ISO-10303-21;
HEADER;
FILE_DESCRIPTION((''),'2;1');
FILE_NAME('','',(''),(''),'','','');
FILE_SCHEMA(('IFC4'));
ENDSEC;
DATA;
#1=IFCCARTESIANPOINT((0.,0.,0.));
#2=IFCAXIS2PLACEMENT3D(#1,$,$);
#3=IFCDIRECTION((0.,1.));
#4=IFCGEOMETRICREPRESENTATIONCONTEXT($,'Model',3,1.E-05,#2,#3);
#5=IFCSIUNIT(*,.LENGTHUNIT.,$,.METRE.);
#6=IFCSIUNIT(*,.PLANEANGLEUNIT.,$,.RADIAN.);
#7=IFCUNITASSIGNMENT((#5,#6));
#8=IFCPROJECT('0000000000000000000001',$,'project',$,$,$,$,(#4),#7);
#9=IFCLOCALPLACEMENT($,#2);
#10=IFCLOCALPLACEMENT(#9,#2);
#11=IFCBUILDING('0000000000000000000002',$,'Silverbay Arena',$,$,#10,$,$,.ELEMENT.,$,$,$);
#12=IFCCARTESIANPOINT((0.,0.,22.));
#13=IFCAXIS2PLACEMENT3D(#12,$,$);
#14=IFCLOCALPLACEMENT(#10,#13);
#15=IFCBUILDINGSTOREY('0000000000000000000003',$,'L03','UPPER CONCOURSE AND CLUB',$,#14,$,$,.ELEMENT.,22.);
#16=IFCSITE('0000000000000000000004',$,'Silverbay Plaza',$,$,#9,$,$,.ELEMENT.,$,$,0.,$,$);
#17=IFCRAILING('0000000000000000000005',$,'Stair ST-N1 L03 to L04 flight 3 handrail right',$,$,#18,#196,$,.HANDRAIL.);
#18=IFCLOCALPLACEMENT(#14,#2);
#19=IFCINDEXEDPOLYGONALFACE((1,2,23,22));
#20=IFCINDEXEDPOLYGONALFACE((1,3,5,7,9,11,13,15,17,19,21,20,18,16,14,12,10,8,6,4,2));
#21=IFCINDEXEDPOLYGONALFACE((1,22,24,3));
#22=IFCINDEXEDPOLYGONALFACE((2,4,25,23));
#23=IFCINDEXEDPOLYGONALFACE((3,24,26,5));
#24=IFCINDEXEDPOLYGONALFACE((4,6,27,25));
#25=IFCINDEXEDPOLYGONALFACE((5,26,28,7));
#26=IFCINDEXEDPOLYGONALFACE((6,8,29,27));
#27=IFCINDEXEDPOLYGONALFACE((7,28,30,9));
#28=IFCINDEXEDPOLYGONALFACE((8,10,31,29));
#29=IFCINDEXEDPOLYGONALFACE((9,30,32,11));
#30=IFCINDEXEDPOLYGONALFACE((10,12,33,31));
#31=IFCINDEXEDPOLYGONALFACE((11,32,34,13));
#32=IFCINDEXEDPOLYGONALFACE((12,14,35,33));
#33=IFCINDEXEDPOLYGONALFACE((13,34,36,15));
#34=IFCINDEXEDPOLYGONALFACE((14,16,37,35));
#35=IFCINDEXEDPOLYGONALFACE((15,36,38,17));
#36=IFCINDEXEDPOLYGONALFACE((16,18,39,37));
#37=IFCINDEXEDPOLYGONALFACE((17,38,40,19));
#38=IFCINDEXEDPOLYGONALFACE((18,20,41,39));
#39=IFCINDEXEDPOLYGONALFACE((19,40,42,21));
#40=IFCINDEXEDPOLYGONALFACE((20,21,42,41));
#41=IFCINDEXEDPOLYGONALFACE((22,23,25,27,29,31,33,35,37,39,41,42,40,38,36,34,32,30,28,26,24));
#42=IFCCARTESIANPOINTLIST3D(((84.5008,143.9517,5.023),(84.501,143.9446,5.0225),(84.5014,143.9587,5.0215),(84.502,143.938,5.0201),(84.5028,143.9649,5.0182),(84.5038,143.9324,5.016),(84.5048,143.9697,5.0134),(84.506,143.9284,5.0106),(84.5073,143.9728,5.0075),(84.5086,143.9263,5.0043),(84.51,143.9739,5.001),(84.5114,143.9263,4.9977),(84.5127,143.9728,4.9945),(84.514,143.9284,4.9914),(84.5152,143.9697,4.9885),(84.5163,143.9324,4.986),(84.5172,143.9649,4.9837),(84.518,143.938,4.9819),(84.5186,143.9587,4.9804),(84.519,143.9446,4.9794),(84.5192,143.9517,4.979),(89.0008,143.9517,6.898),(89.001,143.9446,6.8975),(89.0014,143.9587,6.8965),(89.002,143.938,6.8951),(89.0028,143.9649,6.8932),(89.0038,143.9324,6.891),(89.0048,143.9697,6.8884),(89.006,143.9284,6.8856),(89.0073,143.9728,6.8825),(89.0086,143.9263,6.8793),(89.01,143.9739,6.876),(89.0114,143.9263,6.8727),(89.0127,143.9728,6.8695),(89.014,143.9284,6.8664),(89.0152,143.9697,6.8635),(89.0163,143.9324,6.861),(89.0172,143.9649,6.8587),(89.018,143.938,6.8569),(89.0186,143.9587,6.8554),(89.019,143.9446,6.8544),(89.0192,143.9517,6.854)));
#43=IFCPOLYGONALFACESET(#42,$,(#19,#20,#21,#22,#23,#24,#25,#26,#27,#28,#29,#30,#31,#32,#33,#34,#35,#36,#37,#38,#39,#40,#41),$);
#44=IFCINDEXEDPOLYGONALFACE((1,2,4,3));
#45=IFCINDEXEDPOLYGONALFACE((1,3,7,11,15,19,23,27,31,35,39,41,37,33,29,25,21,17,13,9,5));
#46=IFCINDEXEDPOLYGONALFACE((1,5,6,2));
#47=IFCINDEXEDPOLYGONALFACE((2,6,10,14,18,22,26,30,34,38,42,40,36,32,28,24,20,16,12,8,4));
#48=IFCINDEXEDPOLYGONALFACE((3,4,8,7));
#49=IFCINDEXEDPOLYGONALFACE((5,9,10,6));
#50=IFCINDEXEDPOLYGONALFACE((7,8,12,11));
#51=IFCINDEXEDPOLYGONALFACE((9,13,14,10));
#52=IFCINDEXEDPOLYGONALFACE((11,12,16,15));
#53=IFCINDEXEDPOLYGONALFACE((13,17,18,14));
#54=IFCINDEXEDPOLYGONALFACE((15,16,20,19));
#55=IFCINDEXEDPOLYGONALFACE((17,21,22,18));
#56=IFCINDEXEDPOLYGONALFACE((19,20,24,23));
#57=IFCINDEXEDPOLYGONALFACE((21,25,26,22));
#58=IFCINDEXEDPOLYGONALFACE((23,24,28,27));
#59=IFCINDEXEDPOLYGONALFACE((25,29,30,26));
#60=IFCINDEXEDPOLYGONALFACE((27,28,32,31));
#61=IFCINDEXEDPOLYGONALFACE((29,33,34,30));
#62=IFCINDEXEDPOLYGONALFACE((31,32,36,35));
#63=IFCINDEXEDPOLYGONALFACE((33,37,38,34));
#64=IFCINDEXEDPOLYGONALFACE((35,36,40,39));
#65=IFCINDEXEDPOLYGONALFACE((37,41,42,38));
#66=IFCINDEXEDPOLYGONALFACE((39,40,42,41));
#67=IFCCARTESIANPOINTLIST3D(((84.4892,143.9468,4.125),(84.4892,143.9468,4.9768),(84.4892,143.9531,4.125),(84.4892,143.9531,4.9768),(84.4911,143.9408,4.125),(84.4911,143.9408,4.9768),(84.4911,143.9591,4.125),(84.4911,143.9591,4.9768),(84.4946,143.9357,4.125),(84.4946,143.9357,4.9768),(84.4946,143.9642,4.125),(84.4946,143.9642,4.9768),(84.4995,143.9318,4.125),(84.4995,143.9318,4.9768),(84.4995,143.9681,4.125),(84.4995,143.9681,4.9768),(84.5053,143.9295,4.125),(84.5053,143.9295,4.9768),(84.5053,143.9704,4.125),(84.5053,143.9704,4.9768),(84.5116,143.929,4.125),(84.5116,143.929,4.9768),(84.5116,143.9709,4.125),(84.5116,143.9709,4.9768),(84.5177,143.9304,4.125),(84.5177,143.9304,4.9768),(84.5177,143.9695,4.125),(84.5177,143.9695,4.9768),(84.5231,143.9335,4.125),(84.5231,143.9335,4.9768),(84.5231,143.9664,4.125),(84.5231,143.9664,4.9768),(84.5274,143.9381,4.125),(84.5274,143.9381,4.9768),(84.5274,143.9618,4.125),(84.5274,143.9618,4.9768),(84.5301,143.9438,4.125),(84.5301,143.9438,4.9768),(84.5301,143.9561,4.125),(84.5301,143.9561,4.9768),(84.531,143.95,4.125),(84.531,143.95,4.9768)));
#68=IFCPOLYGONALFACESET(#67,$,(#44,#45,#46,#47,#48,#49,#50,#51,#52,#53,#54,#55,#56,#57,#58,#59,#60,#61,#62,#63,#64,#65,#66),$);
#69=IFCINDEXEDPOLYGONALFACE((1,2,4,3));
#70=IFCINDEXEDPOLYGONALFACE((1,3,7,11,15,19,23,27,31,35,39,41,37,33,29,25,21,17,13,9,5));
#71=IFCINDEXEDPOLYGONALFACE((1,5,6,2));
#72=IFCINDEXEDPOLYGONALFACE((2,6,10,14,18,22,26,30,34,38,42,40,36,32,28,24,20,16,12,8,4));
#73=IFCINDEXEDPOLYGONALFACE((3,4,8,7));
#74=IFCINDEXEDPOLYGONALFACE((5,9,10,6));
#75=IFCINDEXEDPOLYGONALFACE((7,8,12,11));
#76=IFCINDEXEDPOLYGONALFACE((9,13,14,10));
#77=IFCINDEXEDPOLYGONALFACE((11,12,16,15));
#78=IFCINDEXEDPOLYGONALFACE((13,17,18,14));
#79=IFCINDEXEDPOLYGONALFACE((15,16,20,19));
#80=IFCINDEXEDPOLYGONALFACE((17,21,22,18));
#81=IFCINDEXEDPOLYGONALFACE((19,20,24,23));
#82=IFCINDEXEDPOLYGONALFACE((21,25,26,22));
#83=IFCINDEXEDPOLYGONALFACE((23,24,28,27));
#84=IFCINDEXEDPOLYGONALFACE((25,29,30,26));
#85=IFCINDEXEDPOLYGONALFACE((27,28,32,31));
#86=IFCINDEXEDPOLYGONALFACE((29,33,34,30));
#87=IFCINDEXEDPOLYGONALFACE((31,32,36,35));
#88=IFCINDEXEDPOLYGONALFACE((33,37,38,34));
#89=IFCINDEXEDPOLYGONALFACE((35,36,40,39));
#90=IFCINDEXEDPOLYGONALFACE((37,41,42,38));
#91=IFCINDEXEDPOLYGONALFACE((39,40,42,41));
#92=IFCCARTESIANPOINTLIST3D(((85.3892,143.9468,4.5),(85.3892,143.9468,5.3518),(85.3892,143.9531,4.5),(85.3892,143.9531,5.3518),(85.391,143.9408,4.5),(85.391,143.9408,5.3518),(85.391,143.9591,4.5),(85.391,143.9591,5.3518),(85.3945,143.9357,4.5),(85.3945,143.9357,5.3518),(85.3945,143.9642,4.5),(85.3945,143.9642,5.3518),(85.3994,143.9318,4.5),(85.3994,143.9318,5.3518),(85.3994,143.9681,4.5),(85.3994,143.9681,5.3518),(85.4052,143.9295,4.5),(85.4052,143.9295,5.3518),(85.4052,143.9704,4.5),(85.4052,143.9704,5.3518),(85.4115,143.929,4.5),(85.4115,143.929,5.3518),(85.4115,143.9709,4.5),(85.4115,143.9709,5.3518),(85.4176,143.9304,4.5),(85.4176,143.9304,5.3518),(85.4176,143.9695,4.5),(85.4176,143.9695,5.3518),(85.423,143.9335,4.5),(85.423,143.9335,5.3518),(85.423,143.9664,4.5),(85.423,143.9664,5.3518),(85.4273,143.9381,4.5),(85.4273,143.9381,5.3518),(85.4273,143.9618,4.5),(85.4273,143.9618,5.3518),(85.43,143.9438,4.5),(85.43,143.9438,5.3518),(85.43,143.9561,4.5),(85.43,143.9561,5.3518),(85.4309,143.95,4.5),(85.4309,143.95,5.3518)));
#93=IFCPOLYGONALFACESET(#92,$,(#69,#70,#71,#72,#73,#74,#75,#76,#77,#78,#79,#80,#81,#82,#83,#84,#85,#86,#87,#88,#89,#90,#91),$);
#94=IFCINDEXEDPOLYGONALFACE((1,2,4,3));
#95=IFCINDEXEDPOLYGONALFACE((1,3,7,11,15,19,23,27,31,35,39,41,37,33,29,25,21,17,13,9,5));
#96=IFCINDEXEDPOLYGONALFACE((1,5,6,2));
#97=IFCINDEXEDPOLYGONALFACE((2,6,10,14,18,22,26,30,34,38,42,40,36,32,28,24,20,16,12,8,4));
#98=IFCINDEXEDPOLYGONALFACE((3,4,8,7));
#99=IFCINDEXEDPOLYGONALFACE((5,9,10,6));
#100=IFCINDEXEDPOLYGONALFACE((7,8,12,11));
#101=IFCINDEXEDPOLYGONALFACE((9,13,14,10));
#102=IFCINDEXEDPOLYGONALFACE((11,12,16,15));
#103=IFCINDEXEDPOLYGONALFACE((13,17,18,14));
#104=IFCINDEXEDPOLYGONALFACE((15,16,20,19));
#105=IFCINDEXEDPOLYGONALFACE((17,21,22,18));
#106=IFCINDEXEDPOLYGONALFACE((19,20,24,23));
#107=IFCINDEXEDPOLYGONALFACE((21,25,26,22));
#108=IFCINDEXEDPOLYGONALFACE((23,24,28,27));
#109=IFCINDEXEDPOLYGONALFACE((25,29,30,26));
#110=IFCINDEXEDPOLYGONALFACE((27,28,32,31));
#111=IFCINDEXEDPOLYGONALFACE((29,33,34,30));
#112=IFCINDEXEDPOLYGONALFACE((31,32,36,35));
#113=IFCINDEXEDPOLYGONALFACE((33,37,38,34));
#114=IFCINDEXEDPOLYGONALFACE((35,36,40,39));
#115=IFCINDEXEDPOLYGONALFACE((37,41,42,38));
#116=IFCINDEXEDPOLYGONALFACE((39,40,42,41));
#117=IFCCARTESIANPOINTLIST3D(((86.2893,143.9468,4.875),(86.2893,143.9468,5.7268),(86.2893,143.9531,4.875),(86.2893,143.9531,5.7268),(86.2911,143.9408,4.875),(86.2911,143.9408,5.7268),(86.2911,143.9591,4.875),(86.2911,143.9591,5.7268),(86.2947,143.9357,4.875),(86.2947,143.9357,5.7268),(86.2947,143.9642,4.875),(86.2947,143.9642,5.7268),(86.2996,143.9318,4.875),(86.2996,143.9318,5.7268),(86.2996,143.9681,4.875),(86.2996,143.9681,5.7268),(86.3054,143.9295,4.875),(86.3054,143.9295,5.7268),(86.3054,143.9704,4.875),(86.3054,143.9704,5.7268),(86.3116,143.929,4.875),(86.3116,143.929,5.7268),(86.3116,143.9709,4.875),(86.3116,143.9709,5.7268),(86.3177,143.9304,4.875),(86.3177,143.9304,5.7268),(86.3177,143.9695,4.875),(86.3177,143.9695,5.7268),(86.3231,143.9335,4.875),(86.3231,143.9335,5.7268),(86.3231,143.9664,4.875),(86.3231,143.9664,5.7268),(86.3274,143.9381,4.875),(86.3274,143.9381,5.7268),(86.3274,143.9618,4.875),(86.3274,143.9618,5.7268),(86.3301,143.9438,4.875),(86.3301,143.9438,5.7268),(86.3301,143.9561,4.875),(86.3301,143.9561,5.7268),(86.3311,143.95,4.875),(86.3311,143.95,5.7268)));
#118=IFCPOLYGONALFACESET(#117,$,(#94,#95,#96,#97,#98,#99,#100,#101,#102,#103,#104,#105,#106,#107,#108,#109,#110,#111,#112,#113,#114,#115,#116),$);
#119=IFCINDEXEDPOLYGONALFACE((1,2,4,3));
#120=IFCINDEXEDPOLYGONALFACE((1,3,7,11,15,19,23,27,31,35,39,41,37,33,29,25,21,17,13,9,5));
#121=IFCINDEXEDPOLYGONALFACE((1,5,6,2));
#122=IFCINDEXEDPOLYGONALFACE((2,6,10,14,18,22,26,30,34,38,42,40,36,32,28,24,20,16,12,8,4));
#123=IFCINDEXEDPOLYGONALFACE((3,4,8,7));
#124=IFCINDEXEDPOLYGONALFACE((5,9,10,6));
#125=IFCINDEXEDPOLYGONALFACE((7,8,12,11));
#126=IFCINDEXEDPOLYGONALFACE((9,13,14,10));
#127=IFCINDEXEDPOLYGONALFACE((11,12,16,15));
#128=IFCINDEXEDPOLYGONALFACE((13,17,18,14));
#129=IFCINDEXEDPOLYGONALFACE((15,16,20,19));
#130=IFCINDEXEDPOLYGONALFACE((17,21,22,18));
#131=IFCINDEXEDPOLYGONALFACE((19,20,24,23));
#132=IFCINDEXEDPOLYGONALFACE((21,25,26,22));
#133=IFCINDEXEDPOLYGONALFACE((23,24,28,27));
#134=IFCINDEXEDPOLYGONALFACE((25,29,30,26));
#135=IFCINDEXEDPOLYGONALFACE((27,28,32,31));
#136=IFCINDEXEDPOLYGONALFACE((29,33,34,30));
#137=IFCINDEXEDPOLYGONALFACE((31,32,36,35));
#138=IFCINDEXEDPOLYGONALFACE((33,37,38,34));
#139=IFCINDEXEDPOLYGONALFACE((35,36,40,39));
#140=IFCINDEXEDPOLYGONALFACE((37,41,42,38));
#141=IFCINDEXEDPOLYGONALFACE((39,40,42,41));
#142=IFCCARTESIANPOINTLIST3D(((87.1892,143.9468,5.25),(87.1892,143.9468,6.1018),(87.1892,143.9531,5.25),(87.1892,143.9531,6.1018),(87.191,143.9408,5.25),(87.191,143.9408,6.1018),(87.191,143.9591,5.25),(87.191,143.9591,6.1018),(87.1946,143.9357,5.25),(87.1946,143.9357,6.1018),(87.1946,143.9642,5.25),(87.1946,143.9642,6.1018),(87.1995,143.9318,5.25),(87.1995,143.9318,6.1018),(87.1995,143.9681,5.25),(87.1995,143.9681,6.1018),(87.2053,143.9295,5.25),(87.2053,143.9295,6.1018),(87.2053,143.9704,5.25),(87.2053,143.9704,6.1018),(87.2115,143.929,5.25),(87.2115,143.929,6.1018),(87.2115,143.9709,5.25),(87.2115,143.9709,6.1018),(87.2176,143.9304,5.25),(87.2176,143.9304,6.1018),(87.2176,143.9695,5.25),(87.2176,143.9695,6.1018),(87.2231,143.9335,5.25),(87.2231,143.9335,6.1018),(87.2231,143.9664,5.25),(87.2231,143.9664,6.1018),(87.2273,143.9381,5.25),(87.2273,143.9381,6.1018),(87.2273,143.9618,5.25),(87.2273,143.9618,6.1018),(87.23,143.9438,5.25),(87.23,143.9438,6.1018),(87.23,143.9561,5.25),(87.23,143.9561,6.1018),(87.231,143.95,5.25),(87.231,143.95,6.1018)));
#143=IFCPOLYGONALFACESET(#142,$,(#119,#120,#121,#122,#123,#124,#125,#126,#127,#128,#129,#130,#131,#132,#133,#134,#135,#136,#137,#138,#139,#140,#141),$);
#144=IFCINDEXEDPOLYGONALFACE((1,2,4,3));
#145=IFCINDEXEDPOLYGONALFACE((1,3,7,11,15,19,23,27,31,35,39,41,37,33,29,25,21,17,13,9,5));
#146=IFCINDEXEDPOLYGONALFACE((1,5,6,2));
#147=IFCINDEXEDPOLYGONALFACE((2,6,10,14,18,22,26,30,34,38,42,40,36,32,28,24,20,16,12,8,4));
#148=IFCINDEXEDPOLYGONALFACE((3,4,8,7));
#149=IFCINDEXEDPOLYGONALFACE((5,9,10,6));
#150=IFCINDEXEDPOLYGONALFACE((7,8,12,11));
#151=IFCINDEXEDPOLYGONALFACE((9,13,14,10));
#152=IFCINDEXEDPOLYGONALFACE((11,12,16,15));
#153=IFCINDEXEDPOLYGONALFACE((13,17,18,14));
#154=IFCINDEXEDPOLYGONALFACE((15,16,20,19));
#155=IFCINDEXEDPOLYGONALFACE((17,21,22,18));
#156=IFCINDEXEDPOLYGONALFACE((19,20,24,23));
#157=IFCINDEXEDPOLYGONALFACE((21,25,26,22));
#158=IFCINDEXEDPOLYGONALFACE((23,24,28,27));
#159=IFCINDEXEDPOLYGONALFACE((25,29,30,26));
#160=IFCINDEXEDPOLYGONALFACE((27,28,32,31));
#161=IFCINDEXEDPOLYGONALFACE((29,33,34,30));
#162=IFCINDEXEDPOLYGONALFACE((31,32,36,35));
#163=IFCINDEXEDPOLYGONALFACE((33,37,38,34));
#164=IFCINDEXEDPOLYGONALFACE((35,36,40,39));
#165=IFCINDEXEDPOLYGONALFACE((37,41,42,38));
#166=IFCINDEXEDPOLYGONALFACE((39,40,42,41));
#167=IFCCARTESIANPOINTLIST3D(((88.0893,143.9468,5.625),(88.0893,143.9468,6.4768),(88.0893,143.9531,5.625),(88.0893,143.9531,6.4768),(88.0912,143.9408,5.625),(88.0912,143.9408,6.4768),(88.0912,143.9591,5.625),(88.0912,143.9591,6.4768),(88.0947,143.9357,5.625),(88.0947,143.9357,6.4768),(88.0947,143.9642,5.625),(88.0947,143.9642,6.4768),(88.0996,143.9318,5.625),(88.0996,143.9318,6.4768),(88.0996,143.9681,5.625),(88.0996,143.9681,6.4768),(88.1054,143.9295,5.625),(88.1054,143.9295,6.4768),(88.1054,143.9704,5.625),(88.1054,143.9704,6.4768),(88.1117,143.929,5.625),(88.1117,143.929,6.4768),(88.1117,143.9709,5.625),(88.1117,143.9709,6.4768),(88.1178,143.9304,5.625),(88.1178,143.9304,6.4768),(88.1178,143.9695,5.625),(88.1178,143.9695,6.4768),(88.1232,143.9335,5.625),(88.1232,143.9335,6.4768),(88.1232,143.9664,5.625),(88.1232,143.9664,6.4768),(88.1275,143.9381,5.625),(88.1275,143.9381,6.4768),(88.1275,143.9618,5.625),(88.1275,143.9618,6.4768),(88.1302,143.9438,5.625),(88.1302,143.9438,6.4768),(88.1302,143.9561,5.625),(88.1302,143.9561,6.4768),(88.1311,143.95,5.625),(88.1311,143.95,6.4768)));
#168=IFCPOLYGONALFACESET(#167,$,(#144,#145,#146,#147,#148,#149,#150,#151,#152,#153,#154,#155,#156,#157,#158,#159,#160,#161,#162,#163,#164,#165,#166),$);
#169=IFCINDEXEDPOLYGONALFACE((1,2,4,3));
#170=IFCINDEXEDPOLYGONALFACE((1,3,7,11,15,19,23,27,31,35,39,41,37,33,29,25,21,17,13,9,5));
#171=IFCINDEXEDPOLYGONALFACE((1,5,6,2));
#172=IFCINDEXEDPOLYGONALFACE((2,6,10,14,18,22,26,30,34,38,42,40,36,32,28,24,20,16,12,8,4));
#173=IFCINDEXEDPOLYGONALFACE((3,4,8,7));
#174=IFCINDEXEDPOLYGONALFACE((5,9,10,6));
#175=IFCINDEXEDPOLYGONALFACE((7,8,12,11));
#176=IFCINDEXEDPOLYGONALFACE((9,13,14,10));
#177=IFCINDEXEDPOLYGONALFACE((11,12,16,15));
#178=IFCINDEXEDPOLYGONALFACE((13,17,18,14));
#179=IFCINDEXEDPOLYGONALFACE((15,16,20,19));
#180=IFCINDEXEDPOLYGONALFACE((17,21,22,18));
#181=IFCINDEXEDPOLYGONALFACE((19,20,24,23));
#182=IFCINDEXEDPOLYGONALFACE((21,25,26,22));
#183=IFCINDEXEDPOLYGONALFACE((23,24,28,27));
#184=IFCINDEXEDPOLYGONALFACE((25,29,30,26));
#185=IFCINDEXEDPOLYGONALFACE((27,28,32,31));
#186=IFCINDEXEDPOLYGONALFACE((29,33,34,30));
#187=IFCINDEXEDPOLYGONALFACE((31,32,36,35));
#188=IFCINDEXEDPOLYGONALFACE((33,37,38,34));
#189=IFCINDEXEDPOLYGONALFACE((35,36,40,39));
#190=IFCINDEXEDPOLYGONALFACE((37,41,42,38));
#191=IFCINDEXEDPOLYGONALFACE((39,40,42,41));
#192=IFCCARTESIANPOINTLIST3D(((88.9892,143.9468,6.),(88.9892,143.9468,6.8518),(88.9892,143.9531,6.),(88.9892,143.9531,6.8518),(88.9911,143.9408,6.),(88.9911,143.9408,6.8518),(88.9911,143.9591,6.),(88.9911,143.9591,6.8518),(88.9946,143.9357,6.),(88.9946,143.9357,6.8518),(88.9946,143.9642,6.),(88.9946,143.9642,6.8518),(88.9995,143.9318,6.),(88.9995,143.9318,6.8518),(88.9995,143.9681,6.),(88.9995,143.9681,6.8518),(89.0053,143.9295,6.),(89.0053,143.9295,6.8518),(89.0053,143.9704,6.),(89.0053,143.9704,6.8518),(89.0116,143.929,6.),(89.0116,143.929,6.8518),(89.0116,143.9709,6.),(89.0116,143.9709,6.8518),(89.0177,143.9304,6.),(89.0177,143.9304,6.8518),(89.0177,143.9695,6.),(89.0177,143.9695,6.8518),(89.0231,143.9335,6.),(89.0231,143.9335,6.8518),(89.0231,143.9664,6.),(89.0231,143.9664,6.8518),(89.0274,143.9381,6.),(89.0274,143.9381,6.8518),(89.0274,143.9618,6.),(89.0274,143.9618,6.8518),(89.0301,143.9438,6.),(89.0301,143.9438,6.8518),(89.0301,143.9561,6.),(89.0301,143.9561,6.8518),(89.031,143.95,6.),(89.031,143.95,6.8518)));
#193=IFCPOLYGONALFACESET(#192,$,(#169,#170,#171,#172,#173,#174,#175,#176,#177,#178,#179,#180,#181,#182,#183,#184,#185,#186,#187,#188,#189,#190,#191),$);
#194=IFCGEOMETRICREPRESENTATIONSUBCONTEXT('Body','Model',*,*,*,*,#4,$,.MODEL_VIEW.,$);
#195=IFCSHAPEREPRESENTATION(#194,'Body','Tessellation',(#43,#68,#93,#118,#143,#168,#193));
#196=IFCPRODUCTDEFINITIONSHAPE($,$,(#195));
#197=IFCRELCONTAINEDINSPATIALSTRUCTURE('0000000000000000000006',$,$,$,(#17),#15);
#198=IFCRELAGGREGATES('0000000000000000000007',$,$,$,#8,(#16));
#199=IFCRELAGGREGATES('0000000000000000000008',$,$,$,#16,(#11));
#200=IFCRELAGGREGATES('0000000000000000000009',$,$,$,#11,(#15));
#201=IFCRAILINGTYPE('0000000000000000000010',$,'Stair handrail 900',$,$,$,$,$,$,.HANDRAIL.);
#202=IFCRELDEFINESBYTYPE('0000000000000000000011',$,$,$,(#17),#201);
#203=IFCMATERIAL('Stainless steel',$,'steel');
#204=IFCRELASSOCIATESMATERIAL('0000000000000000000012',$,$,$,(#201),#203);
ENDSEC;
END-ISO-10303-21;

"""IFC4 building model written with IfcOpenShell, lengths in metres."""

from ifc_helpers import new_model, si_unit, direction, frame, origin, origin_2d, place, context, subcontext, project, spatial, circle, extrude, material, type_object, element, save


model = new_model("IFC4")

# Units and contexts
model_context = context("Model", 3, precision=1e-05, world=origin(), true_north=direction((0.0, 1.0)))
body_context = subcontext(model_context, "Body", "Model", "MODEL_VIEW")
ifc_project = project(units=[si_unit("LENGTHUNIT", "METRE"), si_unit("PLANEANGLEUNIT", "RADIAN")], contexts=[model_context])

# Site, building, storey
site_placement = place(None, origin())
site = spatial("IfcSite", under=ifc_project, at=site_placement, Name="Silverbay Plaza", CompositionType="ELEMENT", RefElevation=0.0)
building_placement = place(site_placement, origin())
building = spatial("IfcBuilding", under=site, at=building_placement, Name="Silverbay Arena", CompositionType="ELEMENT")
storey_placement = place(building_placement, frame((0.0, 0.0, 22.0)))
storey = spatial("IfcBuildingStorey", under=building, at=storey_placement, Name="L03", Description="UPPER CONCOURSE AND CLUB", CompositionType="ELEMENT", Elevation=22.0)

# Railing
ifc_material_1 = material(Name="Stainless steel", Category="steel")
railing_type_1 = type_object("IfcRailingType", Name="Stair handrail 900", PredefinedType="HANDRAIL", material=ifc_material_1)
for number, where, name in (
    (1, (84.51, 143.95, 4.125), "Stair ST-N1 L03 to L04 flight 3 handrail right"),
):
    element("IfcRailing", number, at=place(storey_placement, frame(where)), inside=storey, type_object=railing_type_1, Name=name, PredefinedType="HANDRAIL", context=body_context, shape_type="SweptSolid", body=[
        extrude(circle(Radius=0.0239, at=origin_2d()), frame((0.0, 0.0, 0.876), z_axis=(0.923077, 0.0, 0.384615), x_axis=(0.0, 1.0, 0.0)), (0.0, 0.0, 1.0), 4.875),
        extrude(circle(Radius=0.021, at=origin_2d()), origin(), (0.0, 0.0, 1.0), 0.8518),
        extrude(circle(Radius=0.021, at=origin_2d()), frame((0.8999, 0.0, 0.375)), (0.0, 0.0, 1.0), 0.8518),
        extrude(circle(Radius=0.021, at=origin_2d()), frame((1.8, 0.0, 0.75)), (0.0, 0.0, 1.0), 0.8518),
        extrude(circle(Radius=0.021, at=origin_2d()), frame((2.7, 0.0, 1.125)), (0.0, 0.0, 1.0), 0.8518),
        extrude(circle(Radius=0.021, at=origin_2d()), frame((3.6001, 0.0, 1.5)), (0.0, 0.0, 1.0), 0.8518),
        extrude(circle(Radius=0.021, at=origin_2d()), frame((4.5, 0.0, 1.875)), (0.0, 0.0, 1.0), 0.8518),
    ])

save(model, "model.ifc")
